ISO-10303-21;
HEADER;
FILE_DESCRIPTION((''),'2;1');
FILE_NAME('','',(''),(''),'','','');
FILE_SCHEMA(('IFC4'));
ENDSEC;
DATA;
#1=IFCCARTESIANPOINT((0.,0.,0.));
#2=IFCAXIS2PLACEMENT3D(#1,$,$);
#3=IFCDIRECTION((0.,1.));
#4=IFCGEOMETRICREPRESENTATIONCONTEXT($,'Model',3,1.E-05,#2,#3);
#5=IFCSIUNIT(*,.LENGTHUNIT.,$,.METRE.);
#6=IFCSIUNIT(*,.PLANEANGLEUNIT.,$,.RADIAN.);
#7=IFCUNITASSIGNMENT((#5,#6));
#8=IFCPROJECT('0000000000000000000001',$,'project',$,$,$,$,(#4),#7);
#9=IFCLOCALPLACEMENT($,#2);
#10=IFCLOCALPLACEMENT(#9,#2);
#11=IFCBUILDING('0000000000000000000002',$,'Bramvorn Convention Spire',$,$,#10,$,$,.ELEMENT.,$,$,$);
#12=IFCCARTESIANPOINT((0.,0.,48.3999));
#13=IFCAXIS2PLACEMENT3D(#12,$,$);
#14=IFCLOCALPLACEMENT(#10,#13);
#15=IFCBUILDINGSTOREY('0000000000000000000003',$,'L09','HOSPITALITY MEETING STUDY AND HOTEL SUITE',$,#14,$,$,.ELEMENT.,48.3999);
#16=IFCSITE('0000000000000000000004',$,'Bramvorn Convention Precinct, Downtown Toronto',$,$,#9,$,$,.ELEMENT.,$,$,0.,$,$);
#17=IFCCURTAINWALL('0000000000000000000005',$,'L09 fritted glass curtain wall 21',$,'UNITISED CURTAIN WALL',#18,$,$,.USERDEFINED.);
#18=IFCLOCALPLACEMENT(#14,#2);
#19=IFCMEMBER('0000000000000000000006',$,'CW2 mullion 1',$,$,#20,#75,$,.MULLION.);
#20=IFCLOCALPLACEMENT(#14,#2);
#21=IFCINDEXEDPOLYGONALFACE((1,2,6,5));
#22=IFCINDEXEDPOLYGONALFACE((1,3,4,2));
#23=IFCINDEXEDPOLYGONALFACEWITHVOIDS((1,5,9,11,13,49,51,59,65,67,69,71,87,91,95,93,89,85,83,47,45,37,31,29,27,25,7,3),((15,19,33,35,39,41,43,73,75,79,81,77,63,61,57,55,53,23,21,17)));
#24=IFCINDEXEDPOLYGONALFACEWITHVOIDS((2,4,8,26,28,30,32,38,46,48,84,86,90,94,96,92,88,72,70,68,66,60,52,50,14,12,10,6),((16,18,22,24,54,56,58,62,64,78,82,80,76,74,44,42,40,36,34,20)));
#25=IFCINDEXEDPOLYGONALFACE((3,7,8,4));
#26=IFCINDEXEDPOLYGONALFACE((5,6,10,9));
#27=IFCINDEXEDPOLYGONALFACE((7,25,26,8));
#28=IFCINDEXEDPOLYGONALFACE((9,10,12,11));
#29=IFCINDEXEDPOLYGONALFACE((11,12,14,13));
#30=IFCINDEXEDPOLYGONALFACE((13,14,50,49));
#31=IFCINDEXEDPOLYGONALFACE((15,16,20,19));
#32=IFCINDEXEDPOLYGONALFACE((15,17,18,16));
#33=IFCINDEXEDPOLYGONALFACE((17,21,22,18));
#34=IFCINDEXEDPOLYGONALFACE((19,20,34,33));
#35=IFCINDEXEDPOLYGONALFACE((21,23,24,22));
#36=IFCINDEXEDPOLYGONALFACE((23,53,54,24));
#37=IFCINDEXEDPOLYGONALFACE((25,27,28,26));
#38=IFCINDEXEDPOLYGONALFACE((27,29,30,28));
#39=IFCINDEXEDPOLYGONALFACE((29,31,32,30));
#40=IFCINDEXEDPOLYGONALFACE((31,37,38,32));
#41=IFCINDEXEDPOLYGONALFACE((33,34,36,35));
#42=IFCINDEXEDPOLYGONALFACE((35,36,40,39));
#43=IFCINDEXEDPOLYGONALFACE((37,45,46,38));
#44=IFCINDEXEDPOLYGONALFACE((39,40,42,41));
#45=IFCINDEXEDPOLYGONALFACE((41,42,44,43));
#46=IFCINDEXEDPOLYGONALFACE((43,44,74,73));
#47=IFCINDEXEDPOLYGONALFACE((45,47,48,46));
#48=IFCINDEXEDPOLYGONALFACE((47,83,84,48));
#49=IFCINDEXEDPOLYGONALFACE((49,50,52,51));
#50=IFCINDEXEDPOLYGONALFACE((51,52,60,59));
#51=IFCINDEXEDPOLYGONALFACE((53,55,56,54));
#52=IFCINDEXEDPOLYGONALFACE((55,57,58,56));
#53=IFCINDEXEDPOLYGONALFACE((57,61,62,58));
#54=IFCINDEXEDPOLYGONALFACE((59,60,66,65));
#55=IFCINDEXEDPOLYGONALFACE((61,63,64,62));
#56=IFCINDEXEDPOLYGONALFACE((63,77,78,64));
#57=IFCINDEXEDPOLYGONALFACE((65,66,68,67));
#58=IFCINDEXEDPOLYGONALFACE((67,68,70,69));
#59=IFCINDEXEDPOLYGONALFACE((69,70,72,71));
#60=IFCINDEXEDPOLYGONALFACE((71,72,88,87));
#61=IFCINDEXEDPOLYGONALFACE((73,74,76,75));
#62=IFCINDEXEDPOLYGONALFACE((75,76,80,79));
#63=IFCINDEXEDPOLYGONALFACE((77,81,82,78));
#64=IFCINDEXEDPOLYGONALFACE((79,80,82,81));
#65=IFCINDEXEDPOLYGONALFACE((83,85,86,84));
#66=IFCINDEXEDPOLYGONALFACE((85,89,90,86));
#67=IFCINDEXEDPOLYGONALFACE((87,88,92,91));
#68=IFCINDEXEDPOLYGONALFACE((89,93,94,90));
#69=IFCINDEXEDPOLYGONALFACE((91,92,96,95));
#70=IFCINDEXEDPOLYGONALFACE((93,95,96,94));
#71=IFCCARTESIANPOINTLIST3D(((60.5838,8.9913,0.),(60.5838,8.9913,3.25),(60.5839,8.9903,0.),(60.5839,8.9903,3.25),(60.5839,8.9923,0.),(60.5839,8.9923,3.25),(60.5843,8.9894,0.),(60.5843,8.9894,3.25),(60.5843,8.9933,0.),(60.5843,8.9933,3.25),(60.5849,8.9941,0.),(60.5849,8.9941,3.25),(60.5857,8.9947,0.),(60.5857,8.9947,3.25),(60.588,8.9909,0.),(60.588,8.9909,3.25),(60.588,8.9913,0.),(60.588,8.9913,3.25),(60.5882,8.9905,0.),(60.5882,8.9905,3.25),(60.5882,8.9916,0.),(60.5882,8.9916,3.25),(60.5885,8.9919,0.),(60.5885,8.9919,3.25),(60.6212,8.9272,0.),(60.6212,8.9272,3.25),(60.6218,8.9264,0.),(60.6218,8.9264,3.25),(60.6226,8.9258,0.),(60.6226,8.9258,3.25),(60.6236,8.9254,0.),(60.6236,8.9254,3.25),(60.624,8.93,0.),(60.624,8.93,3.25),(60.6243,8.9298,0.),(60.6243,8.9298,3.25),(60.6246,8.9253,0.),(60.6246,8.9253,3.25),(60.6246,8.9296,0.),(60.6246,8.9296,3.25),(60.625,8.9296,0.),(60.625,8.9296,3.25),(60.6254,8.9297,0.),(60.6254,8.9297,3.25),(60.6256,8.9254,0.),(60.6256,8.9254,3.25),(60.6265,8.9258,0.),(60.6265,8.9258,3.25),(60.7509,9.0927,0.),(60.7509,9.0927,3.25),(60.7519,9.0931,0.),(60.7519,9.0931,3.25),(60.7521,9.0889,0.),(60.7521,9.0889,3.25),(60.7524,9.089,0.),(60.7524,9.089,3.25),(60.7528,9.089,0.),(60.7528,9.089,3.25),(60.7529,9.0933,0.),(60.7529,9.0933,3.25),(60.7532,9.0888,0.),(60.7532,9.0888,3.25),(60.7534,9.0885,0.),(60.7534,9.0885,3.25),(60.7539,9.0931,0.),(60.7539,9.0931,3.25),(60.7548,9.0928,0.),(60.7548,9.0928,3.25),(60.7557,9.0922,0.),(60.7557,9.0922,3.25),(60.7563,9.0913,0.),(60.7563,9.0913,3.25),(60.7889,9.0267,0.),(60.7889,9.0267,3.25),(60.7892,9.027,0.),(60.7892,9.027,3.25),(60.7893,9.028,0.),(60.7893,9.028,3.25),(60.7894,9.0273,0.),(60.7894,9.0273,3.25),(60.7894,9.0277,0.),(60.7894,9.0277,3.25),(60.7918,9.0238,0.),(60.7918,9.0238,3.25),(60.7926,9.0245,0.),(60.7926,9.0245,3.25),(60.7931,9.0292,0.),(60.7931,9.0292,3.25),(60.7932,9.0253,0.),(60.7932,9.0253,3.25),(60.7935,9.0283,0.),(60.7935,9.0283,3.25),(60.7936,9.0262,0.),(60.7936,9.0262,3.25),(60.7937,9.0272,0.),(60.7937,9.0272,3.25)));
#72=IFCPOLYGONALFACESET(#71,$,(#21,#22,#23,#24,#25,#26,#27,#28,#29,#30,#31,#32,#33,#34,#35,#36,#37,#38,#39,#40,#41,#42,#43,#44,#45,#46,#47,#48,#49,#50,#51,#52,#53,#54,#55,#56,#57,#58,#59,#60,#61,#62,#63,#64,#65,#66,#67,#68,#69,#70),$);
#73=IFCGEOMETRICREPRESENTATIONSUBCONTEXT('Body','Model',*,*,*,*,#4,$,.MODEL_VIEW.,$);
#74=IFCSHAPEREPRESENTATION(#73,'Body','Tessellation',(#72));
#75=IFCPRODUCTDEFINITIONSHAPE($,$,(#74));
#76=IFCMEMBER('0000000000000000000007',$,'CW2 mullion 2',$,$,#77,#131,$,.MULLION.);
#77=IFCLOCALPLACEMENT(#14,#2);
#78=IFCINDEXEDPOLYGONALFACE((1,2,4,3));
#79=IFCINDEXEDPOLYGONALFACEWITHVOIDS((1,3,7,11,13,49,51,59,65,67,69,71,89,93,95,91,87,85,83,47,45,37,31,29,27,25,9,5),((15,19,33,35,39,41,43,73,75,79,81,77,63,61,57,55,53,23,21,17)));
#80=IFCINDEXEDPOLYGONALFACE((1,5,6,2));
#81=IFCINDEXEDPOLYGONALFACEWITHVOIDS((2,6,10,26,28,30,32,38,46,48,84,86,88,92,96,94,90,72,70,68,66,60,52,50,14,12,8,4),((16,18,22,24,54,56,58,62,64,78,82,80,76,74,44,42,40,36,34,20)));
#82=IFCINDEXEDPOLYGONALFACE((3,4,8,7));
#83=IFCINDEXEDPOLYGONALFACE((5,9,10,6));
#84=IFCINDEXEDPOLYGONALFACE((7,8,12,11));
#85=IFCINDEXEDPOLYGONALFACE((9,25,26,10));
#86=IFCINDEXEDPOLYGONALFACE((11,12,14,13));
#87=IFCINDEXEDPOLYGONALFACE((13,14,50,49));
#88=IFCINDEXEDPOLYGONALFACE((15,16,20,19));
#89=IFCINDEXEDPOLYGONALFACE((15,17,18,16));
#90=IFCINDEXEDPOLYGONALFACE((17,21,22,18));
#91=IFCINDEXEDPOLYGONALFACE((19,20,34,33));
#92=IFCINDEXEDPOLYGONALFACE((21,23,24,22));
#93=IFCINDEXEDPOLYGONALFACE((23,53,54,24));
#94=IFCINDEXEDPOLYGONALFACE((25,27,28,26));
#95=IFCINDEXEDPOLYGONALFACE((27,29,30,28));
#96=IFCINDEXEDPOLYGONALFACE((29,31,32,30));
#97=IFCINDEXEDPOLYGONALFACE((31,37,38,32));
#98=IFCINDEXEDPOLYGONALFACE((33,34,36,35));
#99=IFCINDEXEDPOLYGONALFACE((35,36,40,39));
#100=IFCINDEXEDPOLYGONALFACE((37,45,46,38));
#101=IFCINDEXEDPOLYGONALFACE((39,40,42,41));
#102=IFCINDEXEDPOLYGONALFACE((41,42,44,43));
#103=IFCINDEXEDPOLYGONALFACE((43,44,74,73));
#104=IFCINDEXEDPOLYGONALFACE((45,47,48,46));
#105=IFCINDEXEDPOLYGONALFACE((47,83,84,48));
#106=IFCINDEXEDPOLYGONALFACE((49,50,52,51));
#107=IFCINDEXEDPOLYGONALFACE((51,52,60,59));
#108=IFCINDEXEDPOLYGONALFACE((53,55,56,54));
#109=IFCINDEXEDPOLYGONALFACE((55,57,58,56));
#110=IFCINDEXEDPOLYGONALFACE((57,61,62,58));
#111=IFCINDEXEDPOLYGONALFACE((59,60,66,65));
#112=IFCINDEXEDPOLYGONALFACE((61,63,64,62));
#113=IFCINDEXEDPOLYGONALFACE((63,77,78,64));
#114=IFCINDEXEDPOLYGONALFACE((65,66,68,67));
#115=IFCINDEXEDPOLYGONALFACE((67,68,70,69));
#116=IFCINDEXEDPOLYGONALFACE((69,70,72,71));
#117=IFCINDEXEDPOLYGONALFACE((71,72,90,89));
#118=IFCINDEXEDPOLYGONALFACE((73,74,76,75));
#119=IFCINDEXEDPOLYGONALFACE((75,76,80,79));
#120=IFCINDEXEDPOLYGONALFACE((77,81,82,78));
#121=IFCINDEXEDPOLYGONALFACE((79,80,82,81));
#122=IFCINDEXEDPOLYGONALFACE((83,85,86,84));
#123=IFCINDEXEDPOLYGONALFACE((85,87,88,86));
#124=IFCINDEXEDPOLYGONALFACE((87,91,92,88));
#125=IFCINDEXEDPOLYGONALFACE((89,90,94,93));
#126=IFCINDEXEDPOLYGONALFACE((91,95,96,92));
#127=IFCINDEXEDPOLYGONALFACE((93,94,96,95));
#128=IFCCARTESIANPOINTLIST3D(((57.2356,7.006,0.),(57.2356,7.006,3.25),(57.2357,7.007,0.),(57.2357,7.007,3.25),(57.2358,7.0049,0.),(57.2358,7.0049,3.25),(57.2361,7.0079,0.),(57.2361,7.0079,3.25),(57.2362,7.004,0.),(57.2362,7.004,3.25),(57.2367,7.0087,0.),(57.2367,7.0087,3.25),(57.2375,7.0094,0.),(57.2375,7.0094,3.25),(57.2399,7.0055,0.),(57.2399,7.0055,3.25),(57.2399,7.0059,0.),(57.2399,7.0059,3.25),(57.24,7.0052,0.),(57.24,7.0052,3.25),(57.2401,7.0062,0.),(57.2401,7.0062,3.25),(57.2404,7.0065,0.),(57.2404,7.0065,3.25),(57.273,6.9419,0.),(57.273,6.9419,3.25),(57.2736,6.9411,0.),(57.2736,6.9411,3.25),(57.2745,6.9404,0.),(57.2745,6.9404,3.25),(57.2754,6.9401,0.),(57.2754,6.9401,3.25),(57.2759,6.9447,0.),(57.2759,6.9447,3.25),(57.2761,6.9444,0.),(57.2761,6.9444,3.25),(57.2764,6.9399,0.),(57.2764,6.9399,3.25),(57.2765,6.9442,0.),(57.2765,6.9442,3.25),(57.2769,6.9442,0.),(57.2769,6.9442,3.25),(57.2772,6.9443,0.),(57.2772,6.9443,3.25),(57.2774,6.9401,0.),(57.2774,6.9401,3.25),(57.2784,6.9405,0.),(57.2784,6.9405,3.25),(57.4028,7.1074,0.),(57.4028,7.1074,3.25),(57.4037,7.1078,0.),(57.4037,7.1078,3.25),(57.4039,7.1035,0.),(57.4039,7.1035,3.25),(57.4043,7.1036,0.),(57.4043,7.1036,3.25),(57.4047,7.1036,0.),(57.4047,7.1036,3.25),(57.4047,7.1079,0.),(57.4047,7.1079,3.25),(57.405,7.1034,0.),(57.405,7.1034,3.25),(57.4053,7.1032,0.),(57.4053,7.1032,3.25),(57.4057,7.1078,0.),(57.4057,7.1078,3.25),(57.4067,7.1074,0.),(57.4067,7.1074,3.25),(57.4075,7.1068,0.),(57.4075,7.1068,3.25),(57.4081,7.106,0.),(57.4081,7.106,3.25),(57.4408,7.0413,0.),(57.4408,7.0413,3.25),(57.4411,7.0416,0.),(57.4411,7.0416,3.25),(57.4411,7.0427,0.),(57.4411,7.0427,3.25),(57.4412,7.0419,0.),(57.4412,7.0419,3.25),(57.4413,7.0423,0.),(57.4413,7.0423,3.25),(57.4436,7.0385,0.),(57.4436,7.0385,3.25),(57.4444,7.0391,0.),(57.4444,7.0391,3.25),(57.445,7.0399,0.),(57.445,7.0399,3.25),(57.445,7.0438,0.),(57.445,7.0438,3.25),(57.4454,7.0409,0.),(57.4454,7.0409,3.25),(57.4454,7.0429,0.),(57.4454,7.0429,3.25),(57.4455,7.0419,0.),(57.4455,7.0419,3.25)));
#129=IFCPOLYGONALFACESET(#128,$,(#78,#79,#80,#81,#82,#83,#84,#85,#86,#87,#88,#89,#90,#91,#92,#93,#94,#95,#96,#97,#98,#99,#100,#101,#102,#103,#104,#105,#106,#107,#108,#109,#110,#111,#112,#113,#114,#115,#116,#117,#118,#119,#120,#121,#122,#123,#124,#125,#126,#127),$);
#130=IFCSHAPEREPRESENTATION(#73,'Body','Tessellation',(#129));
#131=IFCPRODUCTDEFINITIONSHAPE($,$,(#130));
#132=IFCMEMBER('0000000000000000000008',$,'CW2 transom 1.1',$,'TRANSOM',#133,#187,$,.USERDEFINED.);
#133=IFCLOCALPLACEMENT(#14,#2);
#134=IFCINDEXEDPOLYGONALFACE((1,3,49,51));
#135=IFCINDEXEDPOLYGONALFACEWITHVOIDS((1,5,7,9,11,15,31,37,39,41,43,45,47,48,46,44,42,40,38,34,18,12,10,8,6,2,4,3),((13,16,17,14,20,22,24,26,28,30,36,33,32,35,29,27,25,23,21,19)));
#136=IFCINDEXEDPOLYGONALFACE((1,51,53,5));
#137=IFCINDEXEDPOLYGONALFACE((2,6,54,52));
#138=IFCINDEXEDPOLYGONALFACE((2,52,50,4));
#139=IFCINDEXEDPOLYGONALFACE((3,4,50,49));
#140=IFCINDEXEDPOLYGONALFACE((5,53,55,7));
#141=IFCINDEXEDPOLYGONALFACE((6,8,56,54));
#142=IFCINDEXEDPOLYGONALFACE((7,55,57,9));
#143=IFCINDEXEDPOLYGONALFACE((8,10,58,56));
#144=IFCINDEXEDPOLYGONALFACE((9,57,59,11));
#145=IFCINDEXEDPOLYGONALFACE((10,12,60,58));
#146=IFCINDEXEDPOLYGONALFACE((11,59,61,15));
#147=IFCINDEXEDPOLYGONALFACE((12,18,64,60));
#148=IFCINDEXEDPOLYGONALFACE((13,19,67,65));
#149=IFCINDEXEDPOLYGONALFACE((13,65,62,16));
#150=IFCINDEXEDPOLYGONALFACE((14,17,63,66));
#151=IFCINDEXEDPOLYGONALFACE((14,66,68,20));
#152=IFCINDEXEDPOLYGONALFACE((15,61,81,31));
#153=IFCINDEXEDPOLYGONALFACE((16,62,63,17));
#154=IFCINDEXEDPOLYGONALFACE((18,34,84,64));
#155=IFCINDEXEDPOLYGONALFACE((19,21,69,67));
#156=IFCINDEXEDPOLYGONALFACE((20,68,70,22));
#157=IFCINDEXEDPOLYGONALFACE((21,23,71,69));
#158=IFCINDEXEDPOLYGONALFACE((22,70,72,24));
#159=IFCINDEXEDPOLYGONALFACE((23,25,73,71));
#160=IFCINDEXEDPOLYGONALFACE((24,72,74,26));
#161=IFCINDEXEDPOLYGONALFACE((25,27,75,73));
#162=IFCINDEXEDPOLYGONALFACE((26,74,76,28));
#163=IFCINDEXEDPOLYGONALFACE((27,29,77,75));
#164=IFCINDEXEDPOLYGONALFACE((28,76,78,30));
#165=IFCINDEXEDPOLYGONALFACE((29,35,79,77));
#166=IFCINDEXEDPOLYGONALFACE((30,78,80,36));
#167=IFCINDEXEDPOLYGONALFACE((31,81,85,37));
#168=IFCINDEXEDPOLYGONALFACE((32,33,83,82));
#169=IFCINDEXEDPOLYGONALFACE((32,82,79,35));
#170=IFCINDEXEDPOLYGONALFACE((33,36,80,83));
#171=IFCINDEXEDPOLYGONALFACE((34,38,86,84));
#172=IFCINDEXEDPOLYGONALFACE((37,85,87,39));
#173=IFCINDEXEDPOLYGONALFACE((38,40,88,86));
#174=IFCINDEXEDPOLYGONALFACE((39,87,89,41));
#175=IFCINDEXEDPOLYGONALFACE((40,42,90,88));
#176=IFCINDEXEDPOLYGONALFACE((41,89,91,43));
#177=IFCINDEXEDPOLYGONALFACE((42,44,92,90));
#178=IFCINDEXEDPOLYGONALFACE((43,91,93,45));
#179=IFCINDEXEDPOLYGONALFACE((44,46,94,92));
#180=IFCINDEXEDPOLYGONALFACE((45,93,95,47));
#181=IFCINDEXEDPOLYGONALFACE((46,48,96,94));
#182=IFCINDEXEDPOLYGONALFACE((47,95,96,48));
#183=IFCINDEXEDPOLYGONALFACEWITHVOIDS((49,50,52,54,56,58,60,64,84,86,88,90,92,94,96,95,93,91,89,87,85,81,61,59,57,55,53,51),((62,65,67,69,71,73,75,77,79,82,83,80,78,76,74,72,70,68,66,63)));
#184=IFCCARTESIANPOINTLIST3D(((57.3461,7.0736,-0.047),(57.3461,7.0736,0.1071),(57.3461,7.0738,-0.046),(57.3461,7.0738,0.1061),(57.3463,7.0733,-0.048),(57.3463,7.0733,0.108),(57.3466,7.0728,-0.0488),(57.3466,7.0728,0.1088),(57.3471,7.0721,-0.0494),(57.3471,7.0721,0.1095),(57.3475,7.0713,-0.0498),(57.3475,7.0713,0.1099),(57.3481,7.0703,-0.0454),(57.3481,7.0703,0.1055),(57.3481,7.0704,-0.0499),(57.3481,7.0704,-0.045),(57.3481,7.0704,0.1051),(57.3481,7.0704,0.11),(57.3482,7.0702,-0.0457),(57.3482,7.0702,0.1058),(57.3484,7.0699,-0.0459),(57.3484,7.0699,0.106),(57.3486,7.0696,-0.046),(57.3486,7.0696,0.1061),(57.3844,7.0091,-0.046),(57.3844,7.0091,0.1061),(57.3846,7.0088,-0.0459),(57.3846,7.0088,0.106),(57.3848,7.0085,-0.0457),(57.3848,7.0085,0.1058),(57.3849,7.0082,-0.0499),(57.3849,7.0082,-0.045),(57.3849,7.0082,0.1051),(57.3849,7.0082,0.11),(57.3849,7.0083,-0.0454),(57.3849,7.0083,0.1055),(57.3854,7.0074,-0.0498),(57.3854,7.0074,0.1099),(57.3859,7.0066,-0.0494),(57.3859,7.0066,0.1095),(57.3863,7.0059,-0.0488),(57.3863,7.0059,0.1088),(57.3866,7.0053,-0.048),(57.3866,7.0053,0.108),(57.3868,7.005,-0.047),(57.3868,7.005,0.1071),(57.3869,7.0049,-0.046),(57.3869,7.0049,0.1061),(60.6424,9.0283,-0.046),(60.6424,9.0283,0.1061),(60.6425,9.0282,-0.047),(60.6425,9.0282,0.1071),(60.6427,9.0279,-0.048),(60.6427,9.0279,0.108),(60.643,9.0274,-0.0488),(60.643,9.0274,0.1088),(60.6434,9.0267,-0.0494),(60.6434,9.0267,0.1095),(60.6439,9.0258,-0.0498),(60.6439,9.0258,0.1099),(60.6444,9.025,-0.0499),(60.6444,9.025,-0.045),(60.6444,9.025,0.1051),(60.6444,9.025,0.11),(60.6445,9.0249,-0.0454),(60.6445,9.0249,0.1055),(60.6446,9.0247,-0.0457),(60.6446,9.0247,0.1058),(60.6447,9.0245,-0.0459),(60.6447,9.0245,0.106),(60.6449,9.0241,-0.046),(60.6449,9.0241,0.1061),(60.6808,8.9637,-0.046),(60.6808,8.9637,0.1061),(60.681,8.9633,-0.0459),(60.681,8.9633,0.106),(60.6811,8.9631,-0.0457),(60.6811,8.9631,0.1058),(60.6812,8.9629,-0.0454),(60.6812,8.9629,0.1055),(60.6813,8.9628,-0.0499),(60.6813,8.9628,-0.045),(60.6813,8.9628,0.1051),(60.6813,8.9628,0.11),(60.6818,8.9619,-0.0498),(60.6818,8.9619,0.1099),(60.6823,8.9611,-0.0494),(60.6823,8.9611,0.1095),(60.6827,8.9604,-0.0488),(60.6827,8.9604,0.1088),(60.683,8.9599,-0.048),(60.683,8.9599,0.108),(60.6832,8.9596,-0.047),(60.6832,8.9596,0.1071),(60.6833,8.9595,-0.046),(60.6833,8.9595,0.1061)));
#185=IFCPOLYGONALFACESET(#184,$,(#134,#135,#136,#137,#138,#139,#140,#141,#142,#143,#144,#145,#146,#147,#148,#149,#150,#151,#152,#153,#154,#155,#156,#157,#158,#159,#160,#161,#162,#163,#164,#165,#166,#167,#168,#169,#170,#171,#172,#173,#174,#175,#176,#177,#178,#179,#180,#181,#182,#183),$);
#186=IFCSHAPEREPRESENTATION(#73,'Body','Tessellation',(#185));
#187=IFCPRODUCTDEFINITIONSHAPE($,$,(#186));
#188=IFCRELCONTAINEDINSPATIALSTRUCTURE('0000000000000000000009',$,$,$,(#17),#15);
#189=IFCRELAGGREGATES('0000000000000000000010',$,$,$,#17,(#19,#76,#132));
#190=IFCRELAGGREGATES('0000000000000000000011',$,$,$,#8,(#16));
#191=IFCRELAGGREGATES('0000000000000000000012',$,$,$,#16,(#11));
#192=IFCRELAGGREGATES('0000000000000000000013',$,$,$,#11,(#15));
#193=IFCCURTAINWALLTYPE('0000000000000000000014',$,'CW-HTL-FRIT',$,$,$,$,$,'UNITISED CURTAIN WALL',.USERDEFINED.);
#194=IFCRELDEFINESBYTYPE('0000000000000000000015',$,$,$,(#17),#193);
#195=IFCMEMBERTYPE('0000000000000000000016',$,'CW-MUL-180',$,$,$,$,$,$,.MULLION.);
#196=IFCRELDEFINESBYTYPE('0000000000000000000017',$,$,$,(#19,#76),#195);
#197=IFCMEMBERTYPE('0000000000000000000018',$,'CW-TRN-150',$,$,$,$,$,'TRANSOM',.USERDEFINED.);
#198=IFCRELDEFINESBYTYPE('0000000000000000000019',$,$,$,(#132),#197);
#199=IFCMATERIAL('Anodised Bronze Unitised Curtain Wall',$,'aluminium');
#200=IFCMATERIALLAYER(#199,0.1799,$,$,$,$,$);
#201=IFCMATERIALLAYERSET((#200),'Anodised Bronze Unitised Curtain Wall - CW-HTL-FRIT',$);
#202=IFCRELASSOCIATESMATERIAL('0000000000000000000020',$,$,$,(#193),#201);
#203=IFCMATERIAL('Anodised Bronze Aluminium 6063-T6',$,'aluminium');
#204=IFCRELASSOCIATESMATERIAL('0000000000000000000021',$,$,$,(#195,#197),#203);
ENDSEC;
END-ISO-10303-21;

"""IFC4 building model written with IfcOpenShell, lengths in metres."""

from ifc_helpers import new_model, si_unit, direction, frame, origin, origin_2d, place, context, subcontext, project, spatial, hollow_rectangle, extrude, material, layer, layer_set, material_profile, profile_set, type_object, element, aggregate, save


model = new_model("IFC4")

# Units and contexts
model_context = context("Model", 3, precision=1e-05, world=origin(), true_north=direction((0.0, 1.0)))
body_context = subcontext(model_context, "Body", "Model", "MODEL_VIEW")
ifc_project = project(units=[si_unit("LENGTHUNIT", "METRE"), si_unit("PLANEANGLEUNIT", "RADIAN")], contexts=[model_context])

# Site, building, storey
site_placement = place(None, origin())
site = spatial("IfcSite", under=ifc_project, at=site_placement, Name="Bramvorn Convention Precinct, Downtown Toronto", CompositionType="ELEMENT", RefElevation=0.0)
building_placement = place(site_placement, origin())
building = spatial("IfcBuilding", under=site, at=building_placement, Name="Bramvorn Convention Spire", CompositionType="ELEMENT")
storey_placement = place(building_placement, frame((0.0, 0.0, 48.3999)))
storey = spatial("IfcBuildingStorey", under=building, at=storey_placement, Name="L09", Description="HOSPITALITY MEETING STUDY AND HOTEL SUITE", CompositionType="ELEMENT", Elevation=48.3999)

# Curtain wall, members
ifc_material_1 = material(Name="Anodised Bronze Unitised Curtain Wall", Category="aluminium")
ifc_layer_1 = layer(ifc_material_1, 0.1799)
ifc_layer_set_1 = layer_set([ifc_layer_1], Name="Anodised Bronze Unitised Curtain Wall - CW-HTL-FRIT")
curtain_wall_type = type_object("IfcCurtainWallType", Name="CW-HTL-FRIT", ElementType="UNITISED CURTAIN WALL", PredefinedType="USERDEFINED", material=ifc_layer_set_1)
curtain_wall_placement = place(storey_placement, origin())
curtain_wall = element("IfcCurtainWall", 1, at=curtain_wall_placement, inside=storey, type_object=curtain_wall_type, Name="L09 fritted glass curtain wall 21", ObjectType="UNITISED CURTAIN WALL", PredefinedType="USERDEFINED")
ifc_material_2 = material(Name="Anodised Bronze Aluminium 6063-T6", Category="aluminium")
ifc_material_profile_1 = material_profile(ifc_material_2, hollow_rectangle(XDim=0.0801, YDim=0.2, WallThickness=0.0039, InnerFilletRadius=0.001, OuterFilletRadius=0.0039, at=origin_2d()))
ifc_profile_set_1 = profile_set([ifc_material_profile_1], Name="Anodised Bronze Aluminium 6063-T6 - CWM80X200")
member_type_1 = type_object("IfcMemberType", Name="CW-MUL-180", PredefinedType="MULLION", material=ifc_profile_set_1)
member_1_placement = place(storey_placement, frame((60.6887, 9.0093, 0.0), z_axis=(0.0, 0.0, 1.0), x_axis=(0.510054, -0.860143, 0.0)))
member_1 = element("IfcMember", 2, at=member_1_placement, type_object=member_type_1, Name="CW2 mullion 1", PredefinedType="MULLION", context=body_context, shape_type="SweptSolid", body=[
    extrude(hollow_rectangle(XDim=0.0801, YDim=0.2, WallThickness=0.0039, InnerFilletRadius=0.001, OuterFilletRadius=0.0039, at=origin_2d()), origin(), (0.0, 0.0, 1.0), 3.25),
])
member_2_placement = place(storey_placement, frame((57.3406, 7.0239, 0.0), z_axis=(0.0, 0.0, 1.0), x_axis=(0.510054, -0.860143, 0.0)))
member_2 = element("IfcMember", 3, at=member_2_placement, type_object=member_type_1, Name="CW2 mullion 2", PredefinedType="MULLION", context=body_context, shape_type="SweptSolid", body=[
    extrude(hollow_rectangle(XDim=0.0801, YDim=0.2, WallThickness=0.0039, InnerFilletRadius=0.001, OuterFilletRadius=0.0039, at=origin_2d()), origin(), (0.0, 0.0, 1.0), 3.25),
])
ifc_material_profile_2 = material_profile(ifc_material_2, hollow_rectangle(XDim=0.0801, YDim=0.1599, WallThickness=0.0039, InnerFilletRadius=0.001, OuterFilletRadius=0.0039, at=origin_2d()))
ifc_profile_set_2 = profile_set([ifc_material_profile_2], Name="Anodised Bronze Aluminium 6063-T6 - CWT80X160")
member_type_2 = type_object("IfcMemberType", Name="CW-TRN-150", ElementType="TRANSOM", PredefinedType="USERDEFINED", material=ifc_profile_set_2)
member_3_placement = place(storey_placement, frame((60.6628, 8.9939, 0.03), z_axis=(-0.860157, -0.510029, 0.0), x_axis=(0.510029, -0.860157, 0.0)))
member_3 = element("IfcMember", 4, at=member_3_placement, type_object=member_type_2, Name="CW2 transom 1.1", ObjectType="TRANSOM", PredefinedType="USERDEFINED", context=body_context, shape_type="SweptSolid", body=[
    extrude(hollow_rectangle(XDim=0.0801, YDim=0.1599, WallThickness=0.0039, InnerFilletRadius=0.001, OuterFilletRadius=0.0039, at=origin_2d()), origin(), (0.0, 0.0, 1.0), 3.8323),
])

aggregate(curtain_wall, [member_1, member_2, member_3])

save(model, "model.ifc")
